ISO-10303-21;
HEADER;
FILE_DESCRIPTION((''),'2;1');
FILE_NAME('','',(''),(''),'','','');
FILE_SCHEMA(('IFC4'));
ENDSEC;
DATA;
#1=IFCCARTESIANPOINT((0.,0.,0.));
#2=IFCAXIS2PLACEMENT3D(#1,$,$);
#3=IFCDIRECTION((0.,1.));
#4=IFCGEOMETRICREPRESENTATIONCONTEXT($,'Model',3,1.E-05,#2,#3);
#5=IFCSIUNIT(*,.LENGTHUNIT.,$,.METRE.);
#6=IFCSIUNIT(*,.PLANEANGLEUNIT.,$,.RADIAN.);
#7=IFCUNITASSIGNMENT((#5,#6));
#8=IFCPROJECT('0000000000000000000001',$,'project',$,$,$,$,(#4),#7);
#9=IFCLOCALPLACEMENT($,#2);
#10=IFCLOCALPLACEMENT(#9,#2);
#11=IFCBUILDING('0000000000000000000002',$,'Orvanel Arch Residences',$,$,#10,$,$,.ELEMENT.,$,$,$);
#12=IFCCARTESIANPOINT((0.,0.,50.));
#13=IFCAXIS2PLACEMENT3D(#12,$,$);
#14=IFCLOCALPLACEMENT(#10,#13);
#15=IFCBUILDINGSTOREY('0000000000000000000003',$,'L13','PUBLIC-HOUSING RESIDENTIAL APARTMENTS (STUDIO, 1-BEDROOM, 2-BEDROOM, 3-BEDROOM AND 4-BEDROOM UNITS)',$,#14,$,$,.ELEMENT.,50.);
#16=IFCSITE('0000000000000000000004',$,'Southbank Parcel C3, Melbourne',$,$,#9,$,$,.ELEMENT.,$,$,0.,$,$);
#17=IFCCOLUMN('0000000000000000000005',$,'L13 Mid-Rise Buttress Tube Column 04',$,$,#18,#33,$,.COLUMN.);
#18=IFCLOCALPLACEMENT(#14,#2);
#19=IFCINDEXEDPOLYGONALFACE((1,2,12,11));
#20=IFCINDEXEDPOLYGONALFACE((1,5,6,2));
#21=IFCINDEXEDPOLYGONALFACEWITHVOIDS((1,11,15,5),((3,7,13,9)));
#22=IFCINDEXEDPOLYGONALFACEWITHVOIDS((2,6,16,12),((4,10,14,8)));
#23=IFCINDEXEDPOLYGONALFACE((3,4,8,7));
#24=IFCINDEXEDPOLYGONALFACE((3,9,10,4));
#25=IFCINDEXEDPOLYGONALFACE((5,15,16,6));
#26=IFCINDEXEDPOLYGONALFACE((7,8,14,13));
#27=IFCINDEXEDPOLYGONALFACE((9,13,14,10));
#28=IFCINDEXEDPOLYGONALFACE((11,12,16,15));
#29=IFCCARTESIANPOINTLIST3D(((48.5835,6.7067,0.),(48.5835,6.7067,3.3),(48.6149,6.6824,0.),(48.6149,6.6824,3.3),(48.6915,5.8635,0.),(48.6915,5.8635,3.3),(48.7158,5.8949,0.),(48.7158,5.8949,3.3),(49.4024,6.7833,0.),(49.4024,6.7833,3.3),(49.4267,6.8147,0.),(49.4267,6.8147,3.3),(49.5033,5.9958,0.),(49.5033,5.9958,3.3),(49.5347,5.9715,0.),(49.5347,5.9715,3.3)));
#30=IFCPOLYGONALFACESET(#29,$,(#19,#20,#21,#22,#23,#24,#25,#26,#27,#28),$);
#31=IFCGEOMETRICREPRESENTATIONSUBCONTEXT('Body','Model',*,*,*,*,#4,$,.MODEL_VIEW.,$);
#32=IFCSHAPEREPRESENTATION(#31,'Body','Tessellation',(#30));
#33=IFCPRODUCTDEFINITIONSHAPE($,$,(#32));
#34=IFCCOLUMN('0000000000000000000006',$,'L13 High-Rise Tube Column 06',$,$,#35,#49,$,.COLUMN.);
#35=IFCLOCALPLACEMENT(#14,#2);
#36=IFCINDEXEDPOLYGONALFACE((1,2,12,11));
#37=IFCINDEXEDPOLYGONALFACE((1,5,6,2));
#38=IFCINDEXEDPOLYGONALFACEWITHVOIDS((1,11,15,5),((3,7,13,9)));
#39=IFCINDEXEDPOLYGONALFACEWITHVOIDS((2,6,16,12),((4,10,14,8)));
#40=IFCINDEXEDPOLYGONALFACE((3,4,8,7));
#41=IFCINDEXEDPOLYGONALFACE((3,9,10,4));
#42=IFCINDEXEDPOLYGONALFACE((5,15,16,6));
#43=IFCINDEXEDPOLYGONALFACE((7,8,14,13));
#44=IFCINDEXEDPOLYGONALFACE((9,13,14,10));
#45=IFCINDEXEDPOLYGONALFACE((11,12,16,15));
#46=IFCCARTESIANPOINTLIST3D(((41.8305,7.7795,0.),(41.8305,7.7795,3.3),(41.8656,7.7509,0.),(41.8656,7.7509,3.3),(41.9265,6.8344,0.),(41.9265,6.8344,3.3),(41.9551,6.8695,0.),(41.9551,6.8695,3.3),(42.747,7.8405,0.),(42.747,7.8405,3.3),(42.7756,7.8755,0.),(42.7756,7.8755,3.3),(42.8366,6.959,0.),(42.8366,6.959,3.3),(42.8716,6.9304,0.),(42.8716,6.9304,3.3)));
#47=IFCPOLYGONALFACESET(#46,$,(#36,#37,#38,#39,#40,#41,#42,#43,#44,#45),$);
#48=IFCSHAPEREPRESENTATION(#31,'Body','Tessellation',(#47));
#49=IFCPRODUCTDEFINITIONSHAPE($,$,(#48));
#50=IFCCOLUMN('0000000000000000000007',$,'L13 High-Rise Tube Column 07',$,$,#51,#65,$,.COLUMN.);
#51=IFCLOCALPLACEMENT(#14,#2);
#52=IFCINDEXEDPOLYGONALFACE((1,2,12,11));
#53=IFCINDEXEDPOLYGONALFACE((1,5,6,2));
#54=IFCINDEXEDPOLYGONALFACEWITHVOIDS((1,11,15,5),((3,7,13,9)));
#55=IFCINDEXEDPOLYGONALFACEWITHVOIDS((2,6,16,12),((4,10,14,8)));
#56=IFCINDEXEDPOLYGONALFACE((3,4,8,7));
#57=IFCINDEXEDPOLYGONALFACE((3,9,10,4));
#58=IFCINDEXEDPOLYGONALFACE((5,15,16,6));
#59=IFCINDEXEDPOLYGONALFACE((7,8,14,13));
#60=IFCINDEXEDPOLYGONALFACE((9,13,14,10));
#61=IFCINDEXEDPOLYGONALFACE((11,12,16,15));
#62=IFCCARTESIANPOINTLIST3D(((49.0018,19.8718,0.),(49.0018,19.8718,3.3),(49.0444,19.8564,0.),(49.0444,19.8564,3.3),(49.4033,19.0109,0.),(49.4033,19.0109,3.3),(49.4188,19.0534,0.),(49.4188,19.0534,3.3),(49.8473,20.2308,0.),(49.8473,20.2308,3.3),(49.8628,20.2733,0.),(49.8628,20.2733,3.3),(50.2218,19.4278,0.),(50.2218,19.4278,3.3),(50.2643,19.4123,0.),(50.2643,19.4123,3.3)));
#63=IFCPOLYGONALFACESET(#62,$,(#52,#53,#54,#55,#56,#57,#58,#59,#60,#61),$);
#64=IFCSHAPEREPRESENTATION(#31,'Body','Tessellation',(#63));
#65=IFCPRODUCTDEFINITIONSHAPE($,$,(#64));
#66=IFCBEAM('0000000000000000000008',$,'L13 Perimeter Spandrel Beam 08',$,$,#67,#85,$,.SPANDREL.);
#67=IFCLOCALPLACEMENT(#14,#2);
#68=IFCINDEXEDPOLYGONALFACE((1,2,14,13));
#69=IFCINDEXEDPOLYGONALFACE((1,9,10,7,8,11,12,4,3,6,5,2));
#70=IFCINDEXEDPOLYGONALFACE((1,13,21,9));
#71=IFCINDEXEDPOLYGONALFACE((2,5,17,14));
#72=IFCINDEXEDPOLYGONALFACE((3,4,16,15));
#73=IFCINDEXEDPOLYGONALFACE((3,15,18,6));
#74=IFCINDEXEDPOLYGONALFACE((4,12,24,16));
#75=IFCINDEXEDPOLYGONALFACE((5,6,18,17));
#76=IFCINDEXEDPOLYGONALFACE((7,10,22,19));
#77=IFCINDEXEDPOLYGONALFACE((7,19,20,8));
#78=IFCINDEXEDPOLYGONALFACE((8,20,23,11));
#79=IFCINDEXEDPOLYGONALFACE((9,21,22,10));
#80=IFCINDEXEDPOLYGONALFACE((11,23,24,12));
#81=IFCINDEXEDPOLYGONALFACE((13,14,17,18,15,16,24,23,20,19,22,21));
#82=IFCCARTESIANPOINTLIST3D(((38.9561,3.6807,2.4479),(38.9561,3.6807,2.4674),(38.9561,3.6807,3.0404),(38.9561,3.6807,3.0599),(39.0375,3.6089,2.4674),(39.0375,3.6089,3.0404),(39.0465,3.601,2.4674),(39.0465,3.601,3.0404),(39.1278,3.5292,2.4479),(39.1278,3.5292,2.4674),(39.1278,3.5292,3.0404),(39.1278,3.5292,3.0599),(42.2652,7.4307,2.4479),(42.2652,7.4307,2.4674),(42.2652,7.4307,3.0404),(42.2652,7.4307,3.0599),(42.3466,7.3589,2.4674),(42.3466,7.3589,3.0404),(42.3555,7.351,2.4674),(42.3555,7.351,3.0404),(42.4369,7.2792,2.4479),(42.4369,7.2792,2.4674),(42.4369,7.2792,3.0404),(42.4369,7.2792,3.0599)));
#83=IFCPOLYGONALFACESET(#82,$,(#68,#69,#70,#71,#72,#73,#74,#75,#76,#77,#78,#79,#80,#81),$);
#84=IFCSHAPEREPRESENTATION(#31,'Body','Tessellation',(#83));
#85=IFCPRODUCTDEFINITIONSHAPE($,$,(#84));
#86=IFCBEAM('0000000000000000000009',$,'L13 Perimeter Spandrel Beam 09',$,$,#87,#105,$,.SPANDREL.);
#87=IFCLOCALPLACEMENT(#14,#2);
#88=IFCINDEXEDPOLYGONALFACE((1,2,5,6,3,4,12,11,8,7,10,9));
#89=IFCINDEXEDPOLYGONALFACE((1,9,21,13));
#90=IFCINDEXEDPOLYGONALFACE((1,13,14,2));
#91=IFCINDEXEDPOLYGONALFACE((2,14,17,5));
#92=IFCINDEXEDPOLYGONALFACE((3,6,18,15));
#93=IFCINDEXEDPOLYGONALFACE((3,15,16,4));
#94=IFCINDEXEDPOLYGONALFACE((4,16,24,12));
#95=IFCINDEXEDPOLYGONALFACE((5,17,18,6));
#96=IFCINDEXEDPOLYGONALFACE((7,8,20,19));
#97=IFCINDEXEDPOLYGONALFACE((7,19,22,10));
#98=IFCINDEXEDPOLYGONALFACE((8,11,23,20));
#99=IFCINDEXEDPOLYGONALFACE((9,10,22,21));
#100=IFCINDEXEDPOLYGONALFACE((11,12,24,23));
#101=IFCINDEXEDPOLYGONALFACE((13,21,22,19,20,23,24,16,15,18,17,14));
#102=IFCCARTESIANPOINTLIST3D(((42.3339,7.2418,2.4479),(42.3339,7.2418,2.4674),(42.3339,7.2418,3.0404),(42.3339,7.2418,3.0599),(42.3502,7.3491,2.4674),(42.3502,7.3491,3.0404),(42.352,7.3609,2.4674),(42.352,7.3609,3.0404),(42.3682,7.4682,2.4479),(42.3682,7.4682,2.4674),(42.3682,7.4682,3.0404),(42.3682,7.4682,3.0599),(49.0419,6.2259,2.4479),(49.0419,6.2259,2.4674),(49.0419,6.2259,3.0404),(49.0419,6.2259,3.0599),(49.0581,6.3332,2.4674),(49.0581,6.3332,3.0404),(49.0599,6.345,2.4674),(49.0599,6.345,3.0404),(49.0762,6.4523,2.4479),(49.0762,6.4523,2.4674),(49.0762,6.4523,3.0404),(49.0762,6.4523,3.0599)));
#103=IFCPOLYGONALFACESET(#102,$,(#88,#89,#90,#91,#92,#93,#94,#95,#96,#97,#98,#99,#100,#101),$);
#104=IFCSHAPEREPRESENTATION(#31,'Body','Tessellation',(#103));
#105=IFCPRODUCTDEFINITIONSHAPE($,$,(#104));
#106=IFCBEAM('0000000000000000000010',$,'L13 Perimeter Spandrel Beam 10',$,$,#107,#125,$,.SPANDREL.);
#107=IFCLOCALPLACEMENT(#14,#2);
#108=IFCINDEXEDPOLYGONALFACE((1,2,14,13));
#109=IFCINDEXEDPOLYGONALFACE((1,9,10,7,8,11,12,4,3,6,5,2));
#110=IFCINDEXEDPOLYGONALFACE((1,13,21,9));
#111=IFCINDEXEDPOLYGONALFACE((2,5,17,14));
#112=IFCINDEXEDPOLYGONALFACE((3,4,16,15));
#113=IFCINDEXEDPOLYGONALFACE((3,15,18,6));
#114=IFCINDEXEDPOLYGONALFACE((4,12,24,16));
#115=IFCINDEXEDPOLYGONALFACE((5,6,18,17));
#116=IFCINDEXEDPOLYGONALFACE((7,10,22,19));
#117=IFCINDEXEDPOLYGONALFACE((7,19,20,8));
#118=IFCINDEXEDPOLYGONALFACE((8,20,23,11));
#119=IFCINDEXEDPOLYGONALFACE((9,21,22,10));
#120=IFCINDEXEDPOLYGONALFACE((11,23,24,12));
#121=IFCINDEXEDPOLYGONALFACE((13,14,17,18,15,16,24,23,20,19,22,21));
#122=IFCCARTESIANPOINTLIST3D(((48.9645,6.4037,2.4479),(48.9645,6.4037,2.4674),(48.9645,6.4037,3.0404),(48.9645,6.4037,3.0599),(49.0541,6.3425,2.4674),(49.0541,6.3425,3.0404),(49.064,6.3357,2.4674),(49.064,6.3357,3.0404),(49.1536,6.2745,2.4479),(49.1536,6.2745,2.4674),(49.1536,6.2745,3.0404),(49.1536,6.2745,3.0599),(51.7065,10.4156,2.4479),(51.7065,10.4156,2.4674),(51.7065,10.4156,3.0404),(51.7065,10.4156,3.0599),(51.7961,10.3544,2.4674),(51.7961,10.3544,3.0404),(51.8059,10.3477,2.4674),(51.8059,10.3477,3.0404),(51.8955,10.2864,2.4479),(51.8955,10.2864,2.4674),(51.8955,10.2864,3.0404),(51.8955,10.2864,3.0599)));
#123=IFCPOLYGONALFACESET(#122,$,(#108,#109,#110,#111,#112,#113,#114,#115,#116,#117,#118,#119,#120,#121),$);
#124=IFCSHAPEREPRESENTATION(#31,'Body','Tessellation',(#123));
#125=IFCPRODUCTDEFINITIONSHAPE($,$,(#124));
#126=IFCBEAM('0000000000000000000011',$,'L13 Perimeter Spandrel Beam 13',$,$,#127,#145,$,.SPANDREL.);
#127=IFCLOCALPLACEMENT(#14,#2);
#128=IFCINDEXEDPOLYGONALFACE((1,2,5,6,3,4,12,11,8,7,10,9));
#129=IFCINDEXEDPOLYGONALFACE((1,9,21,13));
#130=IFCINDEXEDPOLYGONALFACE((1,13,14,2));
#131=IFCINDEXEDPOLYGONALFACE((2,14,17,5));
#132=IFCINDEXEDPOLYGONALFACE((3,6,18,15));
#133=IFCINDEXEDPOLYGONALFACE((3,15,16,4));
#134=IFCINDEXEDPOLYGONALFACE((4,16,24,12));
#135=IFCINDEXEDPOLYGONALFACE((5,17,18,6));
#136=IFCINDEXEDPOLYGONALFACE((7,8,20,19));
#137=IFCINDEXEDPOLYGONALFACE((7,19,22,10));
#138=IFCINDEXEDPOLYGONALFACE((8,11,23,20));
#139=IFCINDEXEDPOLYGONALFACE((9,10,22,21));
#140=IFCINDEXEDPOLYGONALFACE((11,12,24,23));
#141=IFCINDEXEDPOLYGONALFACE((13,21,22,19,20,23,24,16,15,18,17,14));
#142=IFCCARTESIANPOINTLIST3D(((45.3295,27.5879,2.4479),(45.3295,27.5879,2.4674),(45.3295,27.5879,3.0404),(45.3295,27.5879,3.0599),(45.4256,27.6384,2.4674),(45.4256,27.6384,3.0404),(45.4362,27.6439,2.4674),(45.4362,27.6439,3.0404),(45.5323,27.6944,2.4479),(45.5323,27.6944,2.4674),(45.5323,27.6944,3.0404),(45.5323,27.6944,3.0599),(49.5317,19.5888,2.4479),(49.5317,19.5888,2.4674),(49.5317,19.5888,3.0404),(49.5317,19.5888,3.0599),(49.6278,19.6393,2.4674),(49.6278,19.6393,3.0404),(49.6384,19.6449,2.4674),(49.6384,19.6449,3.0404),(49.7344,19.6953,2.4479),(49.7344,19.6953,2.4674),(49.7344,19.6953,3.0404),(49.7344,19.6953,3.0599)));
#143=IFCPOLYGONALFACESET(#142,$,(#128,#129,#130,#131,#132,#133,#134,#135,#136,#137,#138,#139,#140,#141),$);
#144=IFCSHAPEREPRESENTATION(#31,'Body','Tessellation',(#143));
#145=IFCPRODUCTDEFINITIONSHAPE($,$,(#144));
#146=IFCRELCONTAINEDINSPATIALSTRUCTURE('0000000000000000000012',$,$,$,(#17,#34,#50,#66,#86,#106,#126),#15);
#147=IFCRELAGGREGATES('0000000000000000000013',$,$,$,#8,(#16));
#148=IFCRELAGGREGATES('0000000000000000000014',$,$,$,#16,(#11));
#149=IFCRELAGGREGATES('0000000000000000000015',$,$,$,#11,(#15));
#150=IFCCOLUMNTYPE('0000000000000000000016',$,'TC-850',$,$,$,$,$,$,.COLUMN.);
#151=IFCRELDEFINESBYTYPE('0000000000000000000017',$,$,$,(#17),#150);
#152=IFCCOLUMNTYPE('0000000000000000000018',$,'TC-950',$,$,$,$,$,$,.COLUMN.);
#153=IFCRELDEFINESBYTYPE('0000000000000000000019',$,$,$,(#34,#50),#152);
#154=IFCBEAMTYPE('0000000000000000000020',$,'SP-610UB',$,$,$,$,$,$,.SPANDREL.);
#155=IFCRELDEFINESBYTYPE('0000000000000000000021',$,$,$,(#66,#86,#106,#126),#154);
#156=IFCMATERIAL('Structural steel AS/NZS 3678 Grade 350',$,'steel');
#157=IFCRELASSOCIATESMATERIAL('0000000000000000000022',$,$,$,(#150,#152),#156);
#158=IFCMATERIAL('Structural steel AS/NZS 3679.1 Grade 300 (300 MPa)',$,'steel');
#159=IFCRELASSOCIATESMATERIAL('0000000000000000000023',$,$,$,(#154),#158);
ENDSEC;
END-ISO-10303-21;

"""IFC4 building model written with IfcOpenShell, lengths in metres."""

from ifc_helpers import new_model, si_unit, direction, frame, origin, origin_2d, place, context, subcontext, project, spatial, hollow_rectangle, i_section, extrude, material, material_profile, profile_set, type_object, element, save


model = new_model("IFC4")

# Units and contexts
model_context = context("Model", 3, precision=1e-05, world=origin(), true_north=direction((0.0, 1.0)))
body_context = subcontext(model_context, "Body", "Model", "MODEL_VIEW")
ifc_project = project(units=[si_unit("LENGTHUNIT", "METRE"), si_unit("PLANEANGLEUNIT", "RADIAN")], contexts=[model_context])

# Site, building, storey
site_placement = place(None, origin())
site = spatial("IfcSite", under=ifc_project, at=site_placement, Name="Southbank Parcel C3, Melbourne", CompositionType="ELEMENT", RefElevation=0.0)
building_placement = place(site_placement, origin())
building = spatial("IfcBuilding", under=site, at=building_placement, Name="Orvanel Arch Residences", CompositionType="ELEMENT")
storey_placement = place(building_placement, frame((0.0, 0.0, 50.0)))
storey = spatial("IfcBuildingStorey", under=building, at=storey_placement, Name="L13", Description="PUBLIC-HOUSING RESIDENTIAL APARTMENTS (STUDIO, 1-BEDROOM, 2-BEDROOM, 3-BEDROOM AND 4-BEDROOM UNITS)", CompositionType="ELEMENT", Elevation=50.0)

# Columns
ifc_material_1 = material(Name="Structural steel AS/NZS 3678 Grade 350", Category="steel")
ifc_material_profile_1 = material_profile(ifc_material_1, hollow_rectangle(XDim=0.8501, YDim=0.8501, WallThickness=0.0281, at=origin_2d()), Name="BOX850x850x28")
ifc_profile_set_1 = profile_set([ifc_material_profile_1], Name="Structural steel AS/NZS 3678 Grade 350")
column_type_1 = type_object("IfcColumnType", Name="TC-850", PredefinedType="COLUMN", material=ifc_profile_set_1)
column_placement = place(storey_placement, frame((49.0591, 6.3391, 0.0), z_axis=(0.0, 0.0, 1.0), x_axis=(0.991894, 0.127065, 0.0)))
element("IfcColumn", 1, at=column_placement, inside=storey, type_object=column_type_1, Name="L13 Mid-Rise Buttress Tube Column 04", PredefinedType="COLUMN", context=body_context, shape_type="SweptSolid", body=[
    extrude(hollow_rectangle(XDim=0.8501, YDim=0.8501, WallThickness=0.0281, at=origin_2d()), origin(), (0.0, 0.0, 1.0), 3.3),
])
ifc_material_profile_2 = material_profile(ifc_material_1, hollow_rectangle(XDim=0.95, YDim=0.95, WallThickness=0.032, at=origin_2d()), Name="BOX950x950x32")
ifc_profile_set_2 = profile_set([ifc_material_profile_2], Name="Structural steel AS/NZS 3678 Grade 350")
column_type_2 = type_object("IfcColumnType", Name="TC-950", PredefinedType="COLUMN", material=ifc_profile_set_2)
for number, where, z_axis, x_axis, name in (
    (2, (42.3511, 7.355, 0.0), (0.0, 0.0, 1.0), (0.994881, 0.101056, 0.0), "L13 High-Rise Tube Column 06"),
    (3, (49.6331, 19.6421, 0.0), (0.0, 0.0, 1.0), (-0.422618, 0.906308, 0.0), "L13 High-Rise Tube Column 07"),
):
    element("IfcColumn", number, at=place(storey_placement, frame(where, z_axis=z_axis, x_axis=x_axis)), inside=storey, type_object=column_type_2, Name=name, PredefinedType="COLUMN", context=body_context, shape_type="SweptSolid", body=[
        extrude(hollow_rectangle(XDim=0.95, YDim=0.95, WallThickness=0.032, at=origin_2d()), origin(), (0.0, 0.0, 1.0), 3.3),
    ])

# Beams
ifc_material_2 = material(Name="Structural steel AS/NZS 3679.1 Grade 300 (300 MPa)", Category="steel")
ifc_material_profile_3 = material_profile(ifc_material_2, i_section(OverallWidth=0.229, OverallDepth=0.6121, WebThickness=0.012, FlangeThickness=0.0195, at=origin_2d()), Name="610UB125")
ifc_profile_set_3 = profile_set([ifc_material_profile_3], Name="Structural steel AS/NZS 3679.1 Grade 300 (300 MPa)")
beam_type = type_object("IfcBeamType", Name="SP-610UB", PredefinedType="SPANDREL", material=ifc_profile_set_3)
beam_1_placement = place(storey_placement, frame((39.042, 3.605, 2.7539), z_axis=(0.661651, 0.749812, 0.0), x_axis=(-0.749812, 0.661651, 0.0)))
element("IfcBeam", 4, at=beam_1_placement, inside=storey, type_object=beam_type, Name="L13 Perimeter Spandrel Beam 08", PredefinedType="SPANDREL", context=body_context, shape_type="SweptSolid", body=[
    extrude(i_section(OverallWidth=0.229, OverallDepth=0.6121, WebThickness=0.012, FlangeThickness=0.0195, at=origin_2d()), origin(), (0.0, 0.0, 1.0), 5.0012),
])
beam_2_placement = place(storey_placement, frame((42.3511, 7.355, 2.7539), z_axis=(0.988726, -0.149734, 0.0), x_axis=(0.149734, 0.988726, 0.0)))
element("IfcBeam", 5, at=beam_2_placement, inside=storey, type_object=beam_type, Name="L13 Perimeter Spandrel Beam 09", PredefinedType="SPANDREL", context=body_context, shape_type="SweptSolid", body=[
    extrude(i_section(OverallWidth=0.229, OverallDepth=0.6121, WebThickness=0.012, FlangeThickness=0.0195, at=origin_2d()), origin(), (0.0, 0.0, 1.0), 6.7844),
])
beam_3_placement = place(storey_placement, frame((49.0591, 6.3391, 2.7539), z_axis=(0.564252, 0.825603, 0.0), x_axis=(-0.825603, 0.564252, 0.0)))
element("IfcBeam", 6, at=beam_3_placement, inside=storey, type_object=beam_type, Name="L13 Perimeter Spandrel Beam 10", PredefinedType="SPANDREL", context=body_context, shape_type="SweptSolid", body=[
    extrude(i_section(OverallWidth=0.229, OverallDepth=0.6121, WebThickness=0.012, FlangeThickness=0.0195, at=origin_2d()), origin(), (0.0, 0.0, 1.0), 4.8594),
])
beam_4_placement = place(storey_placement, frame((49.6331, 19.6421, 2.7539), z_axis=(-0.465065, 0.885277, 0.0), x_axis=(-0.885277, -0.465065, 0.0)))
element("IfcBeam", 7, at=beam_4_placement, inside=storey, type_object=beam_type, Name="L13 Perimeter Spandrel Beam 13", PredefinedType="SPANDREL", context=body_context, shape_type="SweptSolid", body=[
    extrude(i_section(OverallWidth=0.229, OverallDepth=0.6121, WebThickness=0.012, FlangeThickness=0.0195, at=origin_2d()), origin(), (0.0, 0.0, 1.0), 9.0356),
])

save(model, "model.ifc")
